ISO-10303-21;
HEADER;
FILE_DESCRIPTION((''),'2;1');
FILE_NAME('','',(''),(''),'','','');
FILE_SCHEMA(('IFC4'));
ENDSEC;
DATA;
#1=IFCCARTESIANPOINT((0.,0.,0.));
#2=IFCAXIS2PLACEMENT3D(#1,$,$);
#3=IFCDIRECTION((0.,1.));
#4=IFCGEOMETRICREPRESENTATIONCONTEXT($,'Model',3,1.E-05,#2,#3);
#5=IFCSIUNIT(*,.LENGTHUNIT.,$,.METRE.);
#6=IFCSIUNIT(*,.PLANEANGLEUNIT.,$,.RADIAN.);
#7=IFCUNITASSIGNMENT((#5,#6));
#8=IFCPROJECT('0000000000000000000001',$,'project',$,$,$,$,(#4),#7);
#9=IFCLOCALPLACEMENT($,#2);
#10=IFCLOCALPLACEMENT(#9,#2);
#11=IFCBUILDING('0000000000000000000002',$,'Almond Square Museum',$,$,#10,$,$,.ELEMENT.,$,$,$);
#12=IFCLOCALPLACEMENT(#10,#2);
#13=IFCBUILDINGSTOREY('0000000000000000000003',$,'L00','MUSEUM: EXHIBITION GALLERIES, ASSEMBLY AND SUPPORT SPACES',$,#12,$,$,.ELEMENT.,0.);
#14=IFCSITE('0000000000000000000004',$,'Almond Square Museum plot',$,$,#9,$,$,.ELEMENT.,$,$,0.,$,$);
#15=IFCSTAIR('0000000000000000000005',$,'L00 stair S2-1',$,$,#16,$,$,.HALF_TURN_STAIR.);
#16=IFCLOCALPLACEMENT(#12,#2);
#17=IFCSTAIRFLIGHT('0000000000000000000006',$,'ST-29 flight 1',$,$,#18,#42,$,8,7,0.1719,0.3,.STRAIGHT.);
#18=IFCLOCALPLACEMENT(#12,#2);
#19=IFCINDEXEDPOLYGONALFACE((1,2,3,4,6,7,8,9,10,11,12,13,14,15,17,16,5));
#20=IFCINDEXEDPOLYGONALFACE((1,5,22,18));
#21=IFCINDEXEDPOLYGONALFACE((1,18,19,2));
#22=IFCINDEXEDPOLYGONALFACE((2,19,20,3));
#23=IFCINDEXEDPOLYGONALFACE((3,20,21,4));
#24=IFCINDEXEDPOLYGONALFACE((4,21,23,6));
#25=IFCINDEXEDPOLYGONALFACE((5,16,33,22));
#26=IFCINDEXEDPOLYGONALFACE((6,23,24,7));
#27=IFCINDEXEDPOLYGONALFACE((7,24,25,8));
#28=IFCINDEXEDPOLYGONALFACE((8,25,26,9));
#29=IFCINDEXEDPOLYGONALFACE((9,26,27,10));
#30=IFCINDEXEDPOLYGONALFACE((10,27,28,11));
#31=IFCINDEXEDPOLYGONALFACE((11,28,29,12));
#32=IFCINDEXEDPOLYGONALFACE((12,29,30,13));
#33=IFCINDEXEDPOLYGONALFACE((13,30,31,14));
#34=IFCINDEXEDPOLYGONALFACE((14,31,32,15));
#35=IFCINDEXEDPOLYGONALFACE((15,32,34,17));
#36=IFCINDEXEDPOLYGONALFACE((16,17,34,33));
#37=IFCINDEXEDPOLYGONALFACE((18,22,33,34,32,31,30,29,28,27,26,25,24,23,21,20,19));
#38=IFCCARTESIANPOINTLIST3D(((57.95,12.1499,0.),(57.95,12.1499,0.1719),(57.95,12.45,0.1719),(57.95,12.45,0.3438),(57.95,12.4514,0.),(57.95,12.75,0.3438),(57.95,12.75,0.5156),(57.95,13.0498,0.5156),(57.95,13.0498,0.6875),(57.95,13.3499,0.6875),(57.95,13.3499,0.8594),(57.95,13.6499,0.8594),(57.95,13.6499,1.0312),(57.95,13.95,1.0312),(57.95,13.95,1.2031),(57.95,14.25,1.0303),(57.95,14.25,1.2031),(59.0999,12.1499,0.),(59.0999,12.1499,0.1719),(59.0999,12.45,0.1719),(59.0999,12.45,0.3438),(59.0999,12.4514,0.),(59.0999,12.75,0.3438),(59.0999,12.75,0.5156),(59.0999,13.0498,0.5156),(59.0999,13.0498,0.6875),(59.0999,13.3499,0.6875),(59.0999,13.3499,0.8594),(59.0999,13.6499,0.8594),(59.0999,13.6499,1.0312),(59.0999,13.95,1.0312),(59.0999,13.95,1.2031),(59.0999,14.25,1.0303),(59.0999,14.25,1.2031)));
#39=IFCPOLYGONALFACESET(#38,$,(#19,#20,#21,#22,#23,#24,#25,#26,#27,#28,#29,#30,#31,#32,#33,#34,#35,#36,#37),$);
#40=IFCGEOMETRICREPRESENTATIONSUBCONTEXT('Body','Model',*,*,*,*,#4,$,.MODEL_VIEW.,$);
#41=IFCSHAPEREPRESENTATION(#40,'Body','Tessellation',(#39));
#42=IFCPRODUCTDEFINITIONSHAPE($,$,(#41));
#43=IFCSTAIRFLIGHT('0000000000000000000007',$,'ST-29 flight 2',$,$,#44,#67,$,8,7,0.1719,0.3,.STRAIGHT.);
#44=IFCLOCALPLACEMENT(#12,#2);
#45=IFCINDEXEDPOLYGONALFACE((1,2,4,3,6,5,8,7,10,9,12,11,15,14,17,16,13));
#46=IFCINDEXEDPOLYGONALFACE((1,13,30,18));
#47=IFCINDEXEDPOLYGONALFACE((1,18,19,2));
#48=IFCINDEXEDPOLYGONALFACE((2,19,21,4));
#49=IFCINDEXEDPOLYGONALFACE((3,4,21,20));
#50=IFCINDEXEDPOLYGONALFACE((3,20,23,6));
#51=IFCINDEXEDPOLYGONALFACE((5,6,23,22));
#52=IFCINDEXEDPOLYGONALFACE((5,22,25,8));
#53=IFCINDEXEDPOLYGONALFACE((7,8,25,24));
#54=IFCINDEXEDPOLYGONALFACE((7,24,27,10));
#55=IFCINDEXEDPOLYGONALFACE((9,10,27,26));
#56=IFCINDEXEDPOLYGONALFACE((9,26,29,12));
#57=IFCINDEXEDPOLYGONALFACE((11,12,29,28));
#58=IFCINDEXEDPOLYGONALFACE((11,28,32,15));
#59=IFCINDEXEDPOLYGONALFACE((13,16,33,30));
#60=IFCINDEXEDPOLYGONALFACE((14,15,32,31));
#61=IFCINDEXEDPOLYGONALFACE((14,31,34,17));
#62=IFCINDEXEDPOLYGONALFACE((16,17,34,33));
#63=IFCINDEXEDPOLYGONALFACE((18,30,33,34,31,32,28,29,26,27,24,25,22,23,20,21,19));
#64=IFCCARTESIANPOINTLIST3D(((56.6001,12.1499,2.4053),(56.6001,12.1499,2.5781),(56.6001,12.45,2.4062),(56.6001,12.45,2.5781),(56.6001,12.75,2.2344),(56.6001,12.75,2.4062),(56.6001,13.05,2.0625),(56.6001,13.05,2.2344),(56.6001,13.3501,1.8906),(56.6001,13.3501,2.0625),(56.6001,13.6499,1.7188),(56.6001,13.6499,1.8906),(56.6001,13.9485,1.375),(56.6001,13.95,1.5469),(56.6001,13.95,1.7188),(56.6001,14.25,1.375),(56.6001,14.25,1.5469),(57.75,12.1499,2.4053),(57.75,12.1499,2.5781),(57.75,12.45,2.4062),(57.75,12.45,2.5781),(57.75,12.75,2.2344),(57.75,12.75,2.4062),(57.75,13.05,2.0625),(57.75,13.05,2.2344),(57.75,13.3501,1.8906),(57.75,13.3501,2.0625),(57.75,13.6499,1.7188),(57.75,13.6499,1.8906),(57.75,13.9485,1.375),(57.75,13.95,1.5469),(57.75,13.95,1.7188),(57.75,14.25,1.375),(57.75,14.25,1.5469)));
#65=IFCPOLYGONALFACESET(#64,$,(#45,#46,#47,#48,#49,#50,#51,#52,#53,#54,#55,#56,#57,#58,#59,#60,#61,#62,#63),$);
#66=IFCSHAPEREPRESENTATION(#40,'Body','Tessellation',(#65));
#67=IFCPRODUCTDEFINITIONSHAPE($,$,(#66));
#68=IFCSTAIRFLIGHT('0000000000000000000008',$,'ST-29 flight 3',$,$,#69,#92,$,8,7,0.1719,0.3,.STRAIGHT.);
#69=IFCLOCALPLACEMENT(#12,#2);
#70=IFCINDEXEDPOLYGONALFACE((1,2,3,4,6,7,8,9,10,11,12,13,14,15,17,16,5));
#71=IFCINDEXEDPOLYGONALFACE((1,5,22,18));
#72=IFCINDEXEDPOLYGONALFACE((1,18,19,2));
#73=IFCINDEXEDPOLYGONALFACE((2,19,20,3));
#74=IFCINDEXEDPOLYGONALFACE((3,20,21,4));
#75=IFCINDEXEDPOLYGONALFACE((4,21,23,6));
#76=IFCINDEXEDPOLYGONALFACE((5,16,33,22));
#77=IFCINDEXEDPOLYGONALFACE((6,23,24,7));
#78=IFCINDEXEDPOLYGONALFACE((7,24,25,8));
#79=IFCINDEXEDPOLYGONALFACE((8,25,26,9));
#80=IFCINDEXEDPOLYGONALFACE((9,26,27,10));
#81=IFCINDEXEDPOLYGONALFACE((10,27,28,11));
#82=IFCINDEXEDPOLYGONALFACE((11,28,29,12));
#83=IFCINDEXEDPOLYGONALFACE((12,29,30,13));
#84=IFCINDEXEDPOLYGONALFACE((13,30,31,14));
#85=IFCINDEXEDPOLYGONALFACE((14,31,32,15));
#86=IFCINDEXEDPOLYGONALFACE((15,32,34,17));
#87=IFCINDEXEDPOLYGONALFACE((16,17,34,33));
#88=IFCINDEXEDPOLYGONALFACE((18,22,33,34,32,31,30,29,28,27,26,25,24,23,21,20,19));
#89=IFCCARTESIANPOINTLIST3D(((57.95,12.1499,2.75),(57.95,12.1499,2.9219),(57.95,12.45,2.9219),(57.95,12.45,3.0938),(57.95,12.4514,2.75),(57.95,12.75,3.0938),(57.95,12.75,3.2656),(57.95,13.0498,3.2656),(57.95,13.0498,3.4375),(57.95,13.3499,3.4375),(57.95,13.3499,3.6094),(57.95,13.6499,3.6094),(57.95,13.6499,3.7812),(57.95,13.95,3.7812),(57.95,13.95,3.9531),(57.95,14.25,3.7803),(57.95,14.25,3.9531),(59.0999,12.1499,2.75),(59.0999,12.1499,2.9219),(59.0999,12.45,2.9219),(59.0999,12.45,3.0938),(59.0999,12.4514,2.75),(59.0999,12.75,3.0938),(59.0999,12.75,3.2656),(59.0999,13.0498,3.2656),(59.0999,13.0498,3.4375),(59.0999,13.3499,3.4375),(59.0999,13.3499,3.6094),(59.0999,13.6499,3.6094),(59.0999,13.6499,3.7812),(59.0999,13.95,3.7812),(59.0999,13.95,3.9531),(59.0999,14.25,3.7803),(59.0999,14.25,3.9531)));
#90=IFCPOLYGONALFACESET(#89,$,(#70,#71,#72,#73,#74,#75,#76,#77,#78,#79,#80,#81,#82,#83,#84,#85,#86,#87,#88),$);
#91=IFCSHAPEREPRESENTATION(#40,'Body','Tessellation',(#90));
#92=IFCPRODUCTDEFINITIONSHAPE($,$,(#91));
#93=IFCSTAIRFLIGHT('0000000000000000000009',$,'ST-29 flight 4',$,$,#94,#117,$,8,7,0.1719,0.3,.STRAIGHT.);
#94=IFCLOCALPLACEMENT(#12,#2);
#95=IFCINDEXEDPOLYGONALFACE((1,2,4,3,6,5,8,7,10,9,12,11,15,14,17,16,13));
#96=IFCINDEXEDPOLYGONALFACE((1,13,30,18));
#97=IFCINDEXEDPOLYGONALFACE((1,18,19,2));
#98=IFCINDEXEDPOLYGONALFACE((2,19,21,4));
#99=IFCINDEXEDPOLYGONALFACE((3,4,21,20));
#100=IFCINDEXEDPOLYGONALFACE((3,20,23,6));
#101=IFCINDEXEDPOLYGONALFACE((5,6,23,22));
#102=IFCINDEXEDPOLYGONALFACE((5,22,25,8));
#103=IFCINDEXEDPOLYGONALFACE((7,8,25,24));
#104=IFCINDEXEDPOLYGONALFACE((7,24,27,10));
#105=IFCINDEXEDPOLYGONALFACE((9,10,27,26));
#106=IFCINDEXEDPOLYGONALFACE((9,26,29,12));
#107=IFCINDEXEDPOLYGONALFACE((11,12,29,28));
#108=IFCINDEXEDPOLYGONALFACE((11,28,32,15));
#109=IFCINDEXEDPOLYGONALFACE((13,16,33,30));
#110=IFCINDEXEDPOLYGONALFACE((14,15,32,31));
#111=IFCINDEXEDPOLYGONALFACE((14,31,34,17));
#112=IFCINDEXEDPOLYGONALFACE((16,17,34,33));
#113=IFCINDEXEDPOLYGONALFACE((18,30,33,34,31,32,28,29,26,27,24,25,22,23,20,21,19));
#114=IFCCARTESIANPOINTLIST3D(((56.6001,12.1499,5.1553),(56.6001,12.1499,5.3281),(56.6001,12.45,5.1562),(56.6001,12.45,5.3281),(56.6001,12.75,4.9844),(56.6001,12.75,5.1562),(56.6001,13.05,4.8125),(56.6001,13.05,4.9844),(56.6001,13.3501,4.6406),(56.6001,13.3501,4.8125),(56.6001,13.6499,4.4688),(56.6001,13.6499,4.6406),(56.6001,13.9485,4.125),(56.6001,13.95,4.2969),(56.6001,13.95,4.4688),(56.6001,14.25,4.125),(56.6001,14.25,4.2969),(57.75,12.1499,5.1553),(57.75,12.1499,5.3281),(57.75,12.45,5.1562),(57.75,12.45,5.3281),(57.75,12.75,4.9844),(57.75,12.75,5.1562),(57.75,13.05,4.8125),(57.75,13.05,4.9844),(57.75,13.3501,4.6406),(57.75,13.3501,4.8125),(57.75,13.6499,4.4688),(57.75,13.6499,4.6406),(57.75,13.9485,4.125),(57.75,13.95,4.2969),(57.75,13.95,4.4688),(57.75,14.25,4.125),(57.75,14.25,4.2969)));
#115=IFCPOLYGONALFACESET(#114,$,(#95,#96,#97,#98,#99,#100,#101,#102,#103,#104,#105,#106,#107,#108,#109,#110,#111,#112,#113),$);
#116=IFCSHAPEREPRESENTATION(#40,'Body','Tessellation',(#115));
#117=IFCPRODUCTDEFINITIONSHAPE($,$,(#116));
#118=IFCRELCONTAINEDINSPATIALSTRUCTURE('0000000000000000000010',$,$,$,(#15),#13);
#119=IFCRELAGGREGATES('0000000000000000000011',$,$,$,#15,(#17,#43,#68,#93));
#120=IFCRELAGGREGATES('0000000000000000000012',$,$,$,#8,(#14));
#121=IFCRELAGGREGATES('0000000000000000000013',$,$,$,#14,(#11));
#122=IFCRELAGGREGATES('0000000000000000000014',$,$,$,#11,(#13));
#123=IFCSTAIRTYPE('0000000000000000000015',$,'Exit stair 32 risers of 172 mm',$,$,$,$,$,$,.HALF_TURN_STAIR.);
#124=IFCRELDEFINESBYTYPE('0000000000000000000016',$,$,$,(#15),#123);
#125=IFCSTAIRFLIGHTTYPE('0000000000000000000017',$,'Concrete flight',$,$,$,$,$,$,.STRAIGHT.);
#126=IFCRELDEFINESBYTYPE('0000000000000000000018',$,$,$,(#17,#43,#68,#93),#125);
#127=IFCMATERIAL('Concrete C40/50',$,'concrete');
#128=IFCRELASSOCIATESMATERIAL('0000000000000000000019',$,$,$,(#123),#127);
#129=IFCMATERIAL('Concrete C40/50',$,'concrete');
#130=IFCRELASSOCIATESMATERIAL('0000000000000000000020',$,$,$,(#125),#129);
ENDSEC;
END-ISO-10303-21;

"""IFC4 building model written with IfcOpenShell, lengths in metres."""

from ifc_helpers import new_model, si_unit, direction, frame, origin, place, context, subcontext, project, spatial, polyline, outline, extrude, material, type_object, element, aggregate, save


model = new_model("IFC4")

# Units and contexts
model_context = context("Model", 3, precision=1e-05, world=origin(), true_north=direction((0.0, 1.0)))
body_context = subcontext(model_context, "Body", "Model", "MODEL_VIEW")
ifc_project = project(units=[si_unit("LENGTHUNIT", "METRE"), si_unit("PLANEANGLEUNIT", "RADIAN")], contexts=[model_context])

# Site, building, storey
site_placement = place(None, origin())
site = spatial("IfcSite", under=ifc_project, at=site_placement, Name="Almond Square Museum plot", CompositionType="ELEMENT", RefElevation=0.0)
building_placement = place(site_placement, origin())
building = spatial("IfcBuilding", under=site, at=building_placement, Name="Almond Square Museum", CompositionType="ELEMENT")
storey_placement = place(building_placement, origin())
storey = spatial("IfcBuildingStorey", under=building, at=storey_placement, Name="L00", Description="MUSEUM: EXHIBITION GALLERIES, ASSEMBLY AND SUPPORT SPACES", CompositionType="ELEMENT", Elevation=0.0)

# Stair, stair flights
ifc_material_1 = material(Name="Concrete C40/50", Category="concrete")
stair_type = type_object("IfcStairType", Name="Exit stair 32 risers of 172 mm", PredefinedType="HALF_TURN_STAIR", material=ifc_material_1)
stair_placement = place(storey_placement, origin())
stair = element("IfcStair", 1, at=stair_placement, inside=storey, type_object=stair_type, Name="L00 stair S2-1", PredefinedType="HALF_TURN_STAIR")
ifc_material_2 = material(Name="Concrete C40/50", Category="concrete")
stair_flight_type = type_object("IfcStairFlightType", Name="Concrete flight", PredefinedType="STRAIGHT", material=ifc_material_2)
stair_flight_1_placement = place(storey_placement, frame((58.5249, 12.1499, 0.0), z_axis=(0.0, 0.0, 1.0), x_axis=(0.0, 1.0, 0.0)))
stair_flight_1 = element("IfcStairFlight", 2, at=stair_flight_1_placement, type_object=stair_flight_type, Name="ST-29 flight 1", NumberOfRisers=8, NumberOfTreads=7, PredefinedType="STRAIGHT", RiserHeight=0.1719, TreadLength=0.3, context=body_context, shape_type="SweptSolid", body=[
    extrude(outline(polyline([(0.0, 0.0), (0.0, 0.1719), (0.3, 0.1719), (0.3, 0.3438), (0.6001, 0.3438), (0.6001, 0.5156), (0.8999, 0.5156), (0.8999, 0.6875), (1.2, 0.6875), (1.2, 0.8594), (1.5, 0.8594), (1.5, 1.0312), (1.8, 1.0312), (1.8, 1.2031), (2.1001, 1.2031), (2.1001, 1.375), (2.1001, 1.0303), (0.3015, 0.0), (0.0, 0.0)])), frame((0.0, 0.575, 0.0), z_axis=(0.0, -1.0, 0.0), x_axis=(1.0, 0.0, 0.0)), (0.0, 0.0, 1.0), 1.1499),
])
stair_flight_2_placement = place(storey_placement, frame((57.175, 14.25, 1.375), z_axis=(0.0, 0.0, 1.0), x_axis=(0.0, -1.0, 0.0)))
stair_flight_2 = element("IfcStairFlight", 3, at=stair_flight_2_placement, type_object=stair_flight_type, Name="ST-29 flight 2", NumberOfRisers=8, NumberOfTreads=7, PredefinedType="STRAIGHT", RiserHeight=0.1719, TreadLength=0.3, context=body_context, shape_type="SweptSolid", body=[
    extrude(outline(polyline([(0.0, 0.0), (0.0, 0.1719), (0.3, 0.1719), (0.3, 0.3438), (0.6001, 0.3438), (0.6001, 0.5156), (0.8999, 0.5156), (0.8999, 0.6875), (1.2, 0.6875), (1.2, 0.8594), (1.5, 0.8594), (1.5, 1.0312), (1.8, 1.0312), (1.8, 1.2031), (2.1001, 1.2031), (2.1001, 1.375), (2.1001, 1.0303), (0.3015, 0.0), (0.0, 0.0)])), frame((0.0, 0.575, 0.0), z_axis=(0.0, -1.0, 0.0), x_axis=(1.0, 0.0, 0.0)), (0.0, 0.0, 1.0), 1.1499),
])
stair_flight_3_placement = place(storey_placement, frame((58.5249, 12.1499, 2.75), z_axis=(0.0, 0.0, 1.0), x_axis=(0.0, 1.0, 0.0)))
stair_flight_3 = element("IfcStairFlight", 4, at=stair_flight_3_placement, type_object=stair_flight_type, Name="ST-29 flight 3", NumberOfRisers=8, NumberOfTreads=7, PredefinedType="STRAIGHT", RiserHeight=0.1719, TreadLength=0.3, context=body_context, shape_type="SweptSolid", body=[
    extrude(outline(polyline([(0.0, 0.0), (0.0, 0.1719), (0.3, 0.1719), (0.3, 0.3438), (0.6001, 0.3438), (0.6001, 0.5156), (0.8999, 0.5156), (0.8999, 0.6875), (1.2, 0.6875), (1.2, 0.8594), (1.5, 0.8594), (1.5, 1.0312), (1.8, 1.0312), (1.8, 1.2031), (2.1001, 1.2031), (2.1001, 1.375), (2.1001, 1.0303), (0.3015, 0.0), (0.0, 0.0)])), frame((0.0, 0.575, 0.0), z_axis=(0.0, -1.0, 0.0), x_axis=(1.0, 0.0, 0.0)), (0.0, 0.0, 1.0), 1.1499),
])
stair_flight_4_placement = place(storey_placement, frame((57.175, 14.25, 4.125), z_axis=(0.0, 0.0, 1.0), x_axis=(0.0, -1.0, 0.0)))
stair_flight_4 = element("IfcStairFlight", 5, at=stair_flight_4_placement, type_object=stair_flight_type, Name="ST-29 flight 4", NumberOfRisers=8, NumberOfTreads=7, PredefinedType="STRAIGHT", RiserHeight=0.1719, TreadLength=0.3, context=body_context, shape_type="SweptSolid", body=[
    extrude(outline(polyline([(0.0, 0.0), (0.0, 0.1719), (0.3, 0.1719), (0.3, 0.3438), (0.6001, 0.3438), (0.6001, 0.5156), (0.8999, 0.5156), (0.8999, 0.6875), (1.2, 0.6875), (1.2, 0.8594), (1.5, 0.8594), (1.5, 1.0312), (1.8, 1.0312), (1.8, 1.2031), (2.1001, 1.2031), (2.1001, 1.375), (2.1001, 1.0303), (0.3015, 0.0), (0.0, 0.0)])), frame((0.0, 0.575, 0.0), z_axis=(0.0, -1.0, 0.0), x_axis=(1.0, 0.0, 0.0)), (0.0, 0.0, 1.0), 1.1499),
])
aggregate(stair, [stair_flight_1, stair_flight_2, stair_flight_3, stair_flight_4])

save(model, "model.ifc")
